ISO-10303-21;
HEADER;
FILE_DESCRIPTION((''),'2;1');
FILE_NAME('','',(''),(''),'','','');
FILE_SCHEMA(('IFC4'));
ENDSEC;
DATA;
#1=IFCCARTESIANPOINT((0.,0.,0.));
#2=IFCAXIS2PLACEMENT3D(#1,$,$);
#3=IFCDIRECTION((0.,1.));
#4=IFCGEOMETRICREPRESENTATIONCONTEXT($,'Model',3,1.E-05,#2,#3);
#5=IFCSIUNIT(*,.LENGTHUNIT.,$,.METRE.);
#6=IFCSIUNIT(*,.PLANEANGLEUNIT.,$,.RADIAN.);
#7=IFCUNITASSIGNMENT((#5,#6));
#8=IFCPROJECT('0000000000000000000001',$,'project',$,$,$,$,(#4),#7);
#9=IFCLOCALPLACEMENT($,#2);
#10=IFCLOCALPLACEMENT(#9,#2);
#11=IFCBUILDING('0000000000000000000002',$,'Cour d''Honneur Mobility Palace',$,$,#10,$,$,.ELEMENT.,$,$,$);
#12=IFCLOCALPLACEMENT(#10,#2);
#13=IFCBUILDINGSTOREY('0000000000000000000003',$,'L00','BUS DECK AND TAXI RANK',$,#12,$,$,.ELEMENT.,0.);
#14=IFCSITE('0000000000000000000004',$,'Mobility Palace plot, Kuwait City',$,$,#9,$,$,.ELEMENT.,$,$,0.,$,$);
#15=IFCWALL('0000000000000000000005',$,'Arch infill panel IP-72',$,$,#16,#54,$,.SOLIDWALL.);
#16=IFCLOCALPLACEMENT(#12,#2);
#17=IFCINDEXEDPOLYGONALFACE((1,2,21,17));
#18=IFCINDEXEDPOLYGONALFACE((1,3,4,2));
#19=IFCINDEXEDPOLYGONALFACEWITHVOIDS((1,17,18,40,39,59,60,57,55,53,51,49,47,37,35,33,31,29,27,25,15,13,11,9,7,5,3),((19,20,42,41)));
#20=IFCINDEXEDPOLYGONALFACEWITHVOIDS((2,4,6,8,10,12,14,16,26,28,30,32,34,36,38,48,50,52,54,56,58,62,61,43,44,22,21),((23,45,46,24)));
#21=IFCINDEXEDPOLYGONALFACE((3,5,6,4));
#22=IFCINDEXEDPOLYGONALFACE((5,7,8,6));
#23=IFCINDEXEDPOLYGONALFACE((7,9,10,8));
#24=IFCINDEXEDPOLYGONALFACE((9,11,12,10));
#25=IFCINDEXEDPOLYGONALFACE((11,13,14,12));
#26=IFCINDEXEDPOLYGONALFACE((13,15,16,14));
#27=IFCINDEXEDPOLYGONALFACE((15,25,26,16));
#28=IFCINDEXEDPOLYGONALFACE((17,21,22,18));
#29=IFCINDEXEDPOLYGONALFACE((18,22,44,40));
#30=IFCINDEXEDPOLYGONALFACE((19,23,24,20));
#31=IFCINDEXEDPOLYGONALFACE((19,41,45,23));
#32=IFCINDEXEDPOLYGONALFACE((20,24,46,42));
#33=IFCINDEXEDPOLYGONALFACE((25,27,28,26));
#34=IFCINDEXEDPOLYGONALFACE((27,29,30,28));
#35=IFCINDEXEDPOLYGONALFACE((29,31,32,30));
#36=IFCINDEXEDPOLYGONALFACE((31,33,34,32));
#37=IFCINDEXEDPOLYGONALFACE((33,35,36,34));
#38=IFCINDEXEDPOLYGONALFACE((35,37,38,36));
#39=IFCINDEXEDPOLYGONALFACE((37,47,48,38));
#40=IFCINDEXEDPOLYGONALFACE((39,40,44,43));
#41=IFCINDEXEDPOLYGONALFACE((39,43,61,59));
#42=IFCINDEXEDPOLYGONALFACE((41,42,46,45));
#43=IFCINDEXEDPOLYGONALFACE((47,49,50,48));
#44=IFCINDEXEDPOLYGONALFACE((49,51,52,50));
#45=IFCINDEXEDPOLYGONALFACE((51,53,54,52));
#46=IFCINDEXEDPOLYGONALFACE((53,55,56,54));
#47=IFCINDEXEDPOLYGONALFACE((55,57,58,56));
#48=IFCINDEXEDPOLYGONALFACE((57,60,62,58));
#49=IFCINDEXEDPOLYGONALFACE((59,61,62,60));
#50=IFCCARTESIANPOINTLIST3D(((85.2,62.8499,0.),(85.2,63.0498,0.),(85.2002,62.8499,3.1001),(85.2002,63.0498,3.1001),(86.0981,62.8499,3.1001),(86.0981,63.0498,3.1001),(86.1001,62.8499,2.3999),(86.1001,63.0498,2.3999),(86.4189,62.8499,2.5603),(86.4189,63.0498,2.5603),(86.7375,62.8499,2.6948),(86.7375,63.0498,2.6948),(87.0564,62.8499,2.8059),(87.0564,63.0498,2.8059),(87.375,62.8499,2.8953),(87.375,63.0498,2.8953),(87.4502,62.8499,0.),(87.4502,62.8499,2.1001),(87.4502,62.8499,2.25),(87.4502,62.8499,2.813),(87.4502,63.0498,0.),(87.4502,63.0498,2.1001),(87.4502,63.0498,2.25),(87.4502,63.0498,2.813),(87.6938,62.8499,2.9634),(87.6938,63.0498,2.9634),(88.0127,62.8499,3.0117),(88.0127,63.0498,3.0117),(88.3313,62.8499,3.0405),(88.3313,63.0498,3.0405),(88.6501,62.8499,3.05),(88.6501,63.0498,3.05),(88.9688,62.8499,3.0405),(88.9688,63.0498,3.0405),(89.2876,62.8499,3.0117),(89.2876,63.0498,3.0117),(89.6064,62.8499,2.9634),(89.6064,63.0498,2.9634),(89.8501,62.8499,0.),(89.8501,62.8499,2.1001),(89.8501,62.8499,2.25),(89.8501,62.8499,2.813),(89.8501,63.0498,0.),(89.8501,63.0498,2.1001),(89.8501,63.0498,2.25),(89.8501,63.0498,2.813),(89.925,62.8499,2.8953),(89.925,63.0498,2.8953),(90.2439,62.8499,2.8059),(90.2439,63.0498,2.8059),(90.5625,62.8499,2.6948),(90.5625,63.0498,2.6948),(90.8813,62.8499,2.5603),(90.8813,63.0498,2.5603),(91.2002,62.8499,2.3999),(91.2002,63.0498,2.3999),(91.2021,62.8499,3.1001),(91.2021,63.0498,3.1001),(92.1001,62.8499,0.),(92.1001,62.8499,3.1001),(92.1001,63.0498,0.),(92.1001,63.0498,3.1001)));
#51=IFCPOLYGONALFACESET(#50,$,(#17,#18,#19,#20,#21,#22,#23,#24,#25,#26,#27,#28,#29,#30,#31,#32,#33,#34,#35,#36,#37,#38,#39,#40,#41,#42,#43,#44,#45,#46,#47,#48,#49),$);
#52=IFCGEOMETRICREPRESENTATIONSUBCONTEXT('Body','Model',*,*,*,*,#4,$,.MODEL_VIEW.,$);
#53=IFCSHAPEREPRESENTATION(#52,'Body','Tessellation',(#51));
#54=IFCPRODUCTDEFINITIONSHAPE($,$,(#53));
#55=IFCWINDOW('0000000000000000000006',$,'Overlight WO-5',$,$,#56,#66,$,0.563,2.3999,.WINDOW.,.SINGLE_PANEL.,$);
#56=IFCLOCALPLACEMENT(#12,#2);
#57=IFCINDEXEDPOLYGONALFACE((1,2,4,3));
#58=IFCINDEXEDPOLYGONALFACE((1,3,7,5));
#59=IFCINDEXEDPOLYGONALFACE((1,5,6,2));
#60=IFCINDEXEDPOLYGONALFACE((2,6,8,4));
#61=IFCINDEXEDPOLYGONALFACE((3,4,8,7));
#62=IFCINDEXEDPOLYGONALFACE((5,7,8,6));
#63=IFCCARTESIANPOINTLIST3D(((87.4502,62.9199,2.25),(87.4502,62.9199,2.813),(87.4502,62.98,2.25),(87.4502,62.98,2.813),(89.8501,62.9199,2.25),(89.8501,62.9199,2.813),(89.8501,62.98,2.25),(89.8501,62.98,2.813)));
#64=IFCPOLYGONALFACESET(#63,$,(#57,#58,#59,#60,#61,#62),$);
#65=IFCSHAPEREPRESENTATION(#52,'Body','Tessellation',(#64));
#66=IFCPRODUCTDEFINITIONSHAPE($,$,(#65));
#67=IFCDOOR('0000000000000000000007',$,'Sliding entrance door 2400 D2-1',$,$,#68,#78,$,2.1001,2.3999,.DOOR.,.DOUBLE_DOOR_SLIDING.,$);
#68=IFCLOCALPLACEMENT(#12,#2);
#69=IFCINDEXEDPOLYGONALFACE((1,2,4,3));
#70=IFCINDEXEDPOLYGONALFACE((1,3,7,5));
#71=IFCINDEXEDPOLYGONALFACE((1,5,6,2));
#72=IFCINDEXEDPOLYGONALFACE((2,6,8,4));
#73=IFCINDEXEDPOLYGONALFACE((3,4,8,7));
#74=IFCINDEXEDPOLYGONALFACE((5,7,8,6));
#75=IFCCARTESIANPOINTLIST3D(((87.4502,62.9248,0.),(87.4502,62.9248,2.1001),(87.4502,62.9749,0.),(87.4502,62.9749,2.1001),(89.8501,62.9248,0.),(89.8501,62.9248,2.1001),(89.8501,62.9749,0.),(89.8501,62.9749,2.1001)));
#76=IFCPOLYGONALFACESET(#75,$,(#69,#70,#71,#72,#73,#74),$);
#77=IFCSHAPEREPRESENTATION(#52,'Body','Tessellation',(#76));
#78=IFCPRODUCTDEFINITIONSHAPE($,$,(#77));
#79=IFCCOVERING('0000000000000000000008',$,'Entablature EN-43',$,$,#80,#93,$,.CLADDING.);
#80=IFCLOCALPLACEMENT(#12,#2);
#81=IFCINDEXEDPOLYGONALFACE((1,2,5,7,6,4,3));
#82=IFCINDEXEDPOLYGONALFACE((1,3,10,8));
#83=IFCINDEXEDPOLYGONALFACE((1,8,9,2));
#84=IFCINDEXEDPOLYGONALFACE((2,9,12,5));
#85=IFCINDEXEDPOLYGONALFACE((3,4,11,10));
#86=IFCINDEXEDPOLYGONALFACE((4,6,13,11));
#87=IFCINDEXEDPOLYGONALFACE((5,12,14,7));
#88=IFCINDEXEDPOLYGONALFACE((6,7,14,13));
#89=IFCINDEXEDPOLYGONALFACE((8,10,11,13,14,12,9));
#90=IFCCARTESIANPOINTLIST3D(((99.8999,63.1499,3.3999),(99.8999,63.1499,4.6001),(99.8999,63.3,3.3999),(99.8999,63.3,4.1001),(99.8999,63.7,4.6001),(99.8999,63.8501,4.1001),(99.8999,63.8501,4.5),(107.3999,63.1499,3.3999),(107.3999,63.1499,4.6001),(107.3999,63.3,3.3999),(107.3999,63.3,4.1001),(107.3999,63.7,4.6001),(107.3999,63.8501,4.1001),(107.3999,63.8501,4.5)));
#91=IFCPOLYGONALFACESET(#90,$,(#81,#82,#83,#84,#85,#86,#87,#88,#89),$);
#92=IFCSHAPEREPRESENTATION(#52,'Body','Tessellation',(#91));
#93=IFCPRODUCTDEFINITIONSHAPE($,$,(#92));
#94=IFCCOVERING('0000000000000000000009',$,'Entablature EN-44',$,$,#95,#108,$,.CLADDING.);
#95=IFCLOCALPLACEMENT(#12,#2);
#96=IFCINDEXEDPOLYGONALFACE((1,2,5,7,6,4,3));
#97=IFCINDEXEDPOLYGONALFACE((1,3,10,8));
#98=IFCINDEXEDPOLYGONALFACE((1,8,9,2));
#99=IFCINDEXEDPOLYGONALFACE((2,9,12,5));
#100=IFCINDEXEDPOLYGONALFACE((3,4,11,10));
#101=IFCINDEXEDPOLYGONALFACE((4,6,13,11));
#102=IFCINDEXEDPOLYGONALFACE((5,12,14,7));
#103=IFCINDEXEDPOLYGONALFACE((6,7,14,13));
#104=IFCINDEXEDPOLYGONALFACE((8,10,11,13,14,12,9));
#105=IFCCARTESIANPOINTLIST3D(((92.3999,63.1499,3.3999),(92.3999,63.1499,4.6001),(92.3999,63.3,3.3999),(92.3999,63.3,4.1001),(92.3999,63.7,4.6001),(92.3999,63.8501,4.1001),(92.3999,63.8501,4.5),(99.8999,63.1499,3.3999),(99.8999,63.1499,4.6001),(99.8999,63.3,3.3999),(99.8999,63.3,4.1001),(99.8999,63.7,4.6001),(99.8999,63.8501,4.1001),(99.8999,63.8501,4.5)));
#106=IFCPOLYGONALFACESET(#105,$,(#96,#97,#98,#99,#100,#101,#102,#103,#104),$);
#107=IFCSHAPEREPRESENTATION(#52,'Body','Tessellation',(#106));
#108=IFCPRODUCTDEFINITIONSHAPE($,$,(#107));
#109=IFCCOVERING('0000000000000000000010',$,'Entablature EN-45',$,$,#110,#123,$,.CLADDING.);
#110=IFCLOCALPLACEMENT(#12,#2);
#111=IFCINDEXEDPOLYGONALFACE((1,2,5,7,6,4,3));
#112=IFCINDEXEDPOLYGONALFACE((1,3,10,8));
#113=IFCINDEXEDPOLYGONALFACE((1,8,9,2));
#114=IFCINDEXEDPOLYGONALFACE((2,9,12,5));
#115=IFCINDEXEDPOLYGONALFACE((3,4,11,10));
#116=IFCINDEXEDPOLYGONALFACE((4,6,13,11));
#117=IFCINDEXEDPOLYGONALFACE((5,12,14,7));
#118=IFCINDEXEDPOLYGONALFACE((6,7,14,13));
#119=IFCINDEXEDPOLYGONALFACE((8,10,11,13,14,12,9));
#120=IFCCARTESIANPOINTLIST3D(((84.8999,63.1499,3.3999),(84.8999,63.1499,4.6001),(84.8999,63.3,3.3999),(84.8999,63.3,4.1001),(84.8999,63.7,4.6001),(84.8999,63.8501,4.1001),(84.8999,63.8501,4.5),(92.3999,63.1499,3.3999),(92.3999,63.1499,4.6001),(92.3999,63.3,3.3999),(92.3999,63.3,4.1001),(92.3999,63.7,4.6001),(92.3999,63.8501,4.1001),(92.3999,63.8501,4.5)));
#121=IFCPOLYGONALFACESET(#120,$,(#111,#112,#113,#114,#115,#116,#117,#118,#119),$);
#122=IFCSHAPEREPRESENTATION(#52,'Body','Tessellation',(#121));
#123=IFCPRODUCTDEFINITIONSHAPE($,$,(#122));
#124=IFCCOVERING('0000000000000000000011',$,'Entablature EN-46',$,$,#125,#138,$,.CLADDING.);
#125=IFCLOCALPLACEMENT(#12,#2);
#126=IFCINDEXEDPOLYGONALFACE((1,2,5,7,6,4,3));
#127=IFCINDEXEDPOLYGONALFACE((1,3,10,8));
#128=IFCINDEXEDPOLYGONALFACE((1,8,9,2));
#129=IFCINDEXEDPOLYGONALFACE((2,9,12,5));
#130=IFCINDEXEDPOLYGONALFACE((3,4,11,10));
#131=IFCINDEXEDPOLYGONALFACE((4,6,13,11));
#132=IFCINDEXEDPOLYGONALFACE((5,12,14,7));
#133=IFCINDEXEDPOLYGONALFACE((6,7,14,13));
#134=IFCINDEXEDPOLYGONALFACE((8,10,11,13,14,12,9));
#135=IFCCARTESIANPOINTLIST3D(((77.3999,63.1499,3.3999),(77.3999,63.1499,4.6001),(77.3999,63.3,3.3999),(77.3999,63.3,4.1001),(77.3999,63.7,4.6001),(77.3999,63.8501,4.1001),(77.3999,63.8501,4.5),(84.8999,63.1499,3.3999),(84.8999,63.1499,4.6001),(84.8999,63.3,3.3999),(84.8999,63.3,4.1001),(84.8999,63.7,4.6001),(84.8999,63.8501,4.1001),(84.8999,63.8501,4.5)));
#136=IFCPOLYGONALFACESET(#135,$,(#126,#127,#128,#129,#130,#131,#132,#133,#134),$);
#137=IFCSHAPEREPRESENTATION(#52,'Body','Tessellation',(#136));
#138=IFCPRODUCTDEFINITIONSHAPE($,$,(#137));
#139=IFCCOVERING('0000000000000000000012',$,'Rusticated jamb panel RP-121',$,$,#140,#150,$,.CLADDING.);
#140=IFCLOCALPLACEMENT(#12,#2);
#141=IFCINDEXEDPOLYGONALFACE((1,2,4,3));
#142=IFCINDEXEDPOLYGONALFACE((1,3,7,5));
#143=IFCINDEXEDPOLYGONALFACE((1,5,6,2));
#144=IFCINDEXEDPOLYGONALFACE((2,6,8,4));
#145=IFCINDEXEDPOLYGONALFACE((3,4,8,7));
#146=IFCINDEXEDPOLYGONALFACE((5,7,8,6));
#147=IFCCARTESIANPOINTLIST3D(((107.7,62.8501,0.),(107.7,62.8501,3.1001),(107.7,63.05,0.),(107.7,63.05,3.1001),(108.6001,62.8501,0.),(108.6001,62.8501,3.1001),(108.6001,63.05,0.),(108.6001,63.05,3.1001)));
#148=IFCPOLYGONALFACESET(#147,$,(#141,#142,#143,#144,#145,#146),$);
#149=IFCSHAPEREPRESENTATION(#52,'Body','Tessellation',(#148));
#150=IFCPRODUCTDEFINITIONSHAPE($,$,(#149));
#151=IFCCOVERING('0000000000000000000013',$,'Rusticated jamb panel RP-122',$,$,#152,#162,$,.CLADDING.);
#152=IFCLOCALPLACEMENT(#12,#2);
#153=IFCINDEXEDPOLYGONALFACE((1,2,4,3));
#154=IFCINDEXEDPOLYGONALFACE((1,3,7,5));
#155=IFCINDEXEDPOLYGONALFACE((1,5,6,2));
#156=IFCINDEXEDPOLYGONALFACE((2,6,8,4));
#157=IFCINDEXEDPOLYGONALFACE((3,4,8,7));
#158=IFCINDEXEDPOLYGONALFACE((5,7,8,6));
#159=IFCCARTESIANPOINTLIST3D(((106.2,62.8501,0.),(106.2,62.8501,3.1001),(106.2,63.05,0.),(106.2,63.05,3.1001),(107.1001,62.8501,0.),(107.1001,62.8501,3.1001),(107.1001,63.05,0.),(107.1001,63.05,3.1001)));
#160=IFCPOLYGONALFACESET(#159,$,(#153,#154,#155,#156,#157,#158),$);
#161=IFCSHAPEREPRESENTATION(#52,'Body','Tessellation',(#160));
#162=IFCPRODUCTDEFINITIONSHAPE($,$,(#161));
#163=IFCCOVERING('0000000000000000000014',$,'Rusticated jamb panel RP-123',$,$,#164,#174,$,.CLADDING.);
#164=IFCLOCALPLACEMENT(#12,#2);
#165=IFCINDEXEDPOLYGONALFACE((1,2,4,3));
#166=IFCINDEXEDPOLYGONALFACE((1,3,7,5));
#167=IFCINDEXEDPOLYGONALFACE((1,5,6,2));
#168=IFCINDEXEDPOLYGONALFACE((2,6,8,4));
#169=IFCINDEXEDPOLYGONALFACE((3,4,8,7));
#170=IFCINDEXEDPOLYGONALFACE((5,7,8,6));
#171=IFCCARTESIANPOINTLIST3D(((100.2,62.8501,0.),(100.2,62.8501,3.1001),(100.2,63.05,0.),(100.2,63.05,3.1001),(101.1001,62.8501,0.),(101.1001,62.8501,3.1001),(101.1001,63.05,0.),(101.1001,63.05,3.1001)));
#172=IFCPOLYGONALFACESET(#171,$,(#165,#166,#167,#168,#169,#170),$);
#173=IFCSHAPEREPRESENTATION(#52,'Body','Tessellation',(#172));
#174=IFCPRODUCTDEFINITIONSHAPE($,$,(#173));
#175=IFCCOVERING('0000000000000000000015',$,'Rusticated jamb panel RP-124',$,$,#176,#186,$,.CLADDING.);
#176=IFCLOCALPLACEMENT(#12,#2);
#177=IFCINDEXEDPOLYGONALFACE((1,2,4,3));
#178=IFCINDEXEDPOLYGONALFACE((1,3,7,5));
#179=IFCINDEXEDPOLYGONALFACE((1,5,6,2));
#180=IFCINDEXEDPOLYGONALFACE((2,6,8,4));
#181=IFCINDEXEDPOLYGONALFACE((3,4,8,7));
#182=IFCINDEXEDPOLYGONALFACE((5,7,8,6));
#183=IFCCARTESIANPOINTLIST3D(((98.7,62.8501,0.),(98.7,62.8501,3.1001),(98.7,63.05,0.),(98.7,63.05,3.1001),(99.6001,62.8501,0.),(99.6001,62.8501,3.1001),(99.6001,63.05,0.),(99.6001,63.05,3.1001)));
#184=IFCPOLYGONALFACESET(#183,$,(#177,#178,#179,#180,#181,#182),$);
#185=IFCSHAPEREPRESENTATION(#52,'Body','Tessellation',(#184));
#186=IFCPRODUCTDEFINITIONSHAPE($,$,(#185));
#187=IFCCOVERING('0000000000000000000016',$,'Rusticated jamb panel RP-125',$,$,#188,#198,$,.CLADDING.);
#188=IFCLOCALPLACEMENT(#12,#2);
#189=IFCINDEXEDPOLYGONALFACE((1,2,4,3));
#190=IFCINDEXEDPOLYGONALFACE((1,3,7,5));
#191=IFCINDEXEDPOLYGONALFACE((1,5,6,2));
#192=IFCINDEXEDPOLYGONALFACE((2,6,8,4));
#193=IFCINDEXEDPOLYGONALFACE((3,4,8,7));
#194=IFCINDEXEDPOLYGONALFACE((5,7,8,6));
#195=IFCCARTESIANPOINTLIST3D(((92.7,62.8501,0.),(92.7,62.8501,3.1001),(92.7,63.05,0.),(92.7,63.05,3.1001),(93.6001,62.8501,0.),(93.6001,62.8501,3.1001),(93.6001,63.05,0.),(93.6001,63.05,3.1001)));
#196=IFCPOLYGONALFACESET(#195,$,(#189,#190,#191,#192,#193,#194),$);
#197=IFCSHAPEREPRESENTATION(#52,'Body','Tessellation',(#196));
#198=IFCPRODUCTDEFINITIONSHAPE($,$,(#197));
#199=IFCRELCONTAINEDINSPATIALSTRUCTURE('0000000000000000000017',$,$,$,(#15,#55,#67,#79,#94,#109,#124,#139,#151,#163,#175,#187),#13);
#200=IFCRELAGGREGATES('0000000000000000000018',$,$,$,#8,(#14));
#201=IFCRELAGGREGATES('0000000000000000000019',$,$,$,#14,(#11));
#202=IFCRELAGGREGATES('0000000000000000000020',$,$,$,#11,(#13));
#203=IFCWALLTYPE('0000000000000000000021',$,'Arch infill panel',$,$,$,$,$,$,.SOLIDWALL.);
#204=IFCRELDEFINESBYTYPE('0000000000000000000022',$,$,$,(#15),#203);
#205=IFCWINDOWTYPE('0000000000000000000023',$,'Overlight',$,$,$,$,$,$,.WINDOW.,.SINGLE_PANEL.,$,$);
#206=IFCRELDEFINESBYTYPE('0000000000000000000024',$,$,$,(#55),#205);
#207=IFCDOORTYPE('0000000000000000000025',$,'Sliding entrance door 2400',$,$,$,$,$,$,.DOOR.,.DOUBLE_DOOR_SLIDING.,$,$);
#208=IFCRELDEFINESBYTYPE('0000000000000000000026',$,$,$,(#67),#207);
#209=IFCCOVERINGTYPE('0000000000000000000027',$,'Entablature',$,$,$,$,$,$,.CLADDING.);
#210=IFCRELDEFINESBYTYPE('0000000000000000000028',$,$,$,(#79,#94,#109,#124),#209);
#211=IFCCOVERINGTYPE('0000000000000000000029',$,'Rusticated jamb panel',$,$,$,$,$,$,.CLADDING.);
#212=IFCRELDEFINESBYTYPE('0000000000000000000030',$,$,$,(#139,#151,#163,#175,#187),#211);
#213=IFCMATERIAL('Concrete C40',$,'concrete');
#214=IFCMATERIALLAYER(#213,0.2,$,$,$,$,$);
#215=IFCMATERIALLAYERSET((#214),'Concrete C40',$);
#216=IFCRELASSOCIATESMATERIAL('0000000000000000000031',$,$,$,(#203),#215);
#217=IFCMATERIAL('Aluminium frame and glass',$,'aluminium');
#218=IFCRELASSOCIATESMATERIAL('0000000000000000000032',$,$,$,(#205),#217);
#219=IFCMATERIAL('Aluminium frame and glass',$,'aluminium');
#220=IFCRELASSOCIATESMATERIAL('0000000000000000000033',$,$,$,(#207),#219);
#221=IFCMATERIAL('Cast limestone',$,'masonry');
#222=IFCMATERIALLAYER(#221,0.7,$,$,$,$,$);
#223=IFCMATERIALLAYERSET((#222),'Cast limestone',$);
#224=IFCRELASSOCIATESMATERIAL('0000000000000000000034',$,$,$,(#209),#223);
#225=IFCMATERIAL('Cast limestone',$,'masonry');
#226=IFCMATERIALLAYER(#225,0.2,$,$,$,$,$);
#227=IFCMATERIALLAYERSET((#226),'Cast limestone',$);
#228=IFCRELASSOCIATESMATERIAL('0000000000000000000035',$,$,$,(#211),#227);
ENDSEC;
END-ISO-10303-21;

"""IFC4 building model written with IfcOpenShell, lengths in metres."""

from ifc_helpers import new_model, si_unit, direction, frame, frame_2d, origin, place, context, subcontext, project, spatial, polyline, rectangle, outline, extrude, material, layer, layer_set, type_object, element, fill, save


model = new_model("IFC4")

# Units and contexts
model_context = context("Model", 3, precision=1e-05, world=origin(), true_north=direction((0.0, 1.0)))
body_context = subcontext(model_context, "Body", "Model", "MODEL_VIEW")
ifc_project = project(units=[si_unit("LENGTHUNIT", "METRE"), si_unit("PLANEANGLEUNIT", "RADIAN")], contexts=[model_context])

# Site, building, storey
site_placement = place(None, origin())
site = spatial("IfcSite", under=ifc_project, at=site_placement, Name="Mobility Palace plot, Kuwait City", CompositionType="ELEMENT", RefElevation=0.0)
building_placement = place(site_placement, origin())
building = spatial("IfcBuilding", under=site, at=building_placement, Name="Cour d'Honneur Mobility Palace", CompositionType="ELEMENT")
storey_placement = place(building_placement, origin())
storey = spatial("IfcBuildingStorey", under=building, at=storey_placement, Name="L00", Description="BUS DECK AND TAXI RANK", CompositionType="ELEMENT", Elevation=0.0)

# Shared definitions
ifc_material_1 = material(Name="Concrete C40", Category="concrete")
ifc_layer_1 = layer(ifc_material_1, 0.2)
ifc_layer_set_1 = layer_set([ifc_layer_1], Name="Concrete C40")
wall_type = type_object("IfcWallType", Name="Arch infill panel", PredefinedType="SOLIDWALL", material=ifc_layer_set_1)
ifc_material_2 = material(Name="Aluminium frame and glass", Category="aluminium")
window_type = type_object("IfcWindowType", Name="Overlight", PartitioningType="SINGLE_PANEL", PredefinedType="WINDOW", material=ifc_material_2)

# Wall, openings, window, door
wall_1_placement = place(storey_placement, frame((92.1001, 62.95, 0.0), z_axis=(0.0, 0.0, 1.0), x_axis=(-1.0, 0.0, 0.0)))
wall_1 = element("IfcWall", 1, at=wall_1_placement, inside=storey, type_object=wall_type, Name="Arch infill panel IP-72", PredefinedType="SOLIDWALL", context=body_context, shape_type="SweptSolid", body=[
    extrude(outline(polyline([(0.0, 0.0), (6.9001, 0.0), (6.8999, 3.1001), (6.002, 3.1001), (6.0, 2.3999), (5.6812, 2.5603), (5.3625, 2.6948), (5.0437, 2.8059), (4.7251, 2.8953), (4.4062, 2.9634), (4.0874, 3.0117), (3.7688, 3.0405), (3.45, 3.05), (3.1313, 3.0405), (2.8125, 3.0117), (2.4937, 2.9634), (2.175, 2.8953), (1.8562, 2.8059), (1.5376, 2.6948), (1.2188, 2.5603), (0.8999, 2.3999), (0.8979, 3.1001), (0.0, 3.1001), (0.0, 0.0)])), frame((0.0, 0.1001, 0.0), z_axis=(0.0, -1.0, 0.0), x_axis=(1.0, 0.0, 0.0)), (0.0, 0.0, 1.0), 0.2),
])
opening_1_placement = place(wall_1_placement, frame((2.25, 0.0, 0.0)))
opening_1 = element("IfcOpeningElement", 2, at=opening_1_placement, cuts=wall_1, PredefinedType="OPENING", context=body_context, shape_type="SweptSolid", body=[
    extrude(rectangle(XDim=2.3999, YDim=2.1001, at=frame_2d((1.2, 1.05))), frame((0.0, 0.1099, 0.0), z_axis=(0.0, -1.0, 0.0), x_axis=(1.0, 0.0, 0.0)), (0.0, 0.0, 1.0), 0.22),
])
opening_2_placement = place(wall_1_placement, frame((2.25, 0.0, 2.25)))
opening_2 = element("IfcOpeningElement", 3, at=opening_2_placement, cuts=wall_1, PredefinedType="OPENING", context=body_context, shape_type="SweptSolid", body=[
    extrude(rectangle(XDim=2.3999, YDim=0.563, at=frame_2d((1.2, 0.2815))), frame((0.0, 0.1099, 0.0), z_axis=(0.0, -1.0, 0.0), x_axis=(1.0, 0.0, 0.0)), (0.0, 0.0, 1.0), 0.22),
])
window_1_placement = place(opening_2_placement, origin())
window_1 = element("IfcWindow", 4, at=window_1_placement, inside=storey, type_object=window_type, Name="Overlight WO-5", OverallHeight=0.563, OverallWidth=2.3999, PartitioningType="SINGLE_PANEL", PredefinedType="WINDOW", context=body_context, shape_type="SweptSolid", body=[
    extrude(rectangle(XDim=2.3999, YDim=0.563, at=frame_2d((1.2, 0.2815))), frame((0.0, 0.03, 0.0), z_axis=(0.0, -1.0, 0.0), x_axis=(1.0, 0.0, 0.0)), (0.0, 0.0, 1.0), 0.0601),
])
fill(opening_2, window_1)
ifc_material_3 = material(Name="Aluminium frame and glass", Category="aluminium")
door_type_1 = type_object("IfcDoorType", Name="Sliding entrance door 2400", OperationType="DOUBLE_DOOR_SLIDING", PredefinedType="DOOR", material=ifc_material_3)
door_1_placement = place(opening_1_placement, frame((2.3999, 0.0, 0.0), z_axis=(0.0, 0.0, 1.0), x_axis=(-1.0, 0.0, 0.0)))
door_1 = element("IfcDoor", 5, at=door_1_placement, inside=storey, type_object=door_type_1, Name="Sliding entrance door 2400 D2-1", OperationType="DOUBLE_DOOR_SLIDING", OverallHeight=2.1001, OverallWidth=2.3999, PredefinedType="DOOR", context=body_context, shape_type="SweptSolid", body=[
    extrude(rectangle(XDim=2.3999, YDim=2.1001, at=frame_2d((1.2, 1.05))), frame((0.0, 0.0249, 0.0), z_axis=(0.0, -1.0, 0.0), x_axis=(1.0, 0.0, 0.0)), (0.0, 0.0, 1.0), 0.05),
])
fill(opening_1, door_1)

# Coverings
ifc_material_4 = material(Name="Cast limestone", Category="masonry")
ifc_layer_2 = layer(ifc_material_4, 0.7)
ifc_layer_set_2 = layer_set([ifc_layer_2], Name="Cast limestone")
covering_type_1 = type_object("IfcCoveringType", Name="Entablature", PredefinedType="CLADDING", material=ifc_layer_set_2)
for number, where, z_axis, x_axis, name in (
    (6, (107.3999, 63.1499, 3.3999), (1.0, 0.0, 0.0), (0.0, 1.0, 0.0), "Entablature EN-43"),
    (7, (99.8999, 63.1499, 3.3999), (1.0, 0.0, 0.0), (0.0, 1.0, 0.0), "Entablature EN-44"),
    (8, (92.3999, 63.1499, 3.3999), (1.0, 0.0, 0.0), (0.0, 1.0, 0.0), "Entablature EN-45"),
    (9, (84.8999, 63.1499, 3.3999), (1.0, 0.0, 0.0), (0.0, 1.0, 0.0), "Entablature EN-46"),
):
    element("IfcCovering", number, at=place(storey_placement, frame(where, z_axis=z_axis, x_axis=x_axis)), inside=storey, type_object=covering_type_1, Name=name, PredefinedType="CLADDING", context=body_context, shape_type="SweptSolid", body=[
        extrude(outline(polyline([(0.0, 0.0), (0.1501, 0.0), (0.1501, 0.7002), (0.7002, 0.7002), (0.7002, 1.1001), (0.55, 1.2002), (0.0, 1.2002), (0.0, 0.0)])), origin(), (0.0, 0.0, -1.0), 7.5),
    ])
ifc_material_5 = material(Name="Cast limestone", Category="masonry")
ifc_layer_3 = layer(ifc_material_5, 0.2)
ifc_layer_set_3 = layer_set([ifc_layer_3], Name="Cast limestone")
covering_type_2 = type_object("IfcCoveringType", Name="Rusticated jamb panel", PredefinedType="CLADDING", material=ifc_layer_set_3)
for number, where, z_axis, x_axis, name in (
    (10, (108.6001, 63.05, 0.0), (0.0, 1.0, 0.0), (-1.0, 0.0, 0.0), "Rusticated jamb panel RP-121"),
    (11, (107.1001, 63.05, 0.0), (0.0, 1.0, 0.0), (-1.0, 0.0, 0.0), "Rusticated jamb panel RP-122"),
    (12, (101.1001, 63.05, 0.0), (0.0, 1.0, 0.0), (-1.0, 0.0, 0.0), "Rusticated jamb panel RP-123"),
    (13, (99.6001, 63.05, 0.0), (0.0, 1.0, 0.0), (-1.0, 0.0, 0.0), "Rusticated jamb panel RP-124"),
    (14, (93.6001, 63.05, 0.0), (0.0, 1.0, 0.0), (-1.0, 0.0, 0.0), "Rusticated jamb panel RP-125"),
):
    element("IfcCovering", number, at=place(storey_placement, frame(where, z_axis=z_axis, x_axis=x_axis)), inside=storey, type_object=covering_type_2, Name=name, PredefinedType="CLADDING", context=body_context, shape_type="SweptSolid", body=[
        extrude(outline(polyline([(0.0, 0.0), (0.9001, 0.0), (0.9001, 3.1001), (0.0, 3.1001), (0.0, 0.0)])), origin(), (0.0, 0.0, -1.0), 0.2),
    ])

save(model, "model.ifc")
